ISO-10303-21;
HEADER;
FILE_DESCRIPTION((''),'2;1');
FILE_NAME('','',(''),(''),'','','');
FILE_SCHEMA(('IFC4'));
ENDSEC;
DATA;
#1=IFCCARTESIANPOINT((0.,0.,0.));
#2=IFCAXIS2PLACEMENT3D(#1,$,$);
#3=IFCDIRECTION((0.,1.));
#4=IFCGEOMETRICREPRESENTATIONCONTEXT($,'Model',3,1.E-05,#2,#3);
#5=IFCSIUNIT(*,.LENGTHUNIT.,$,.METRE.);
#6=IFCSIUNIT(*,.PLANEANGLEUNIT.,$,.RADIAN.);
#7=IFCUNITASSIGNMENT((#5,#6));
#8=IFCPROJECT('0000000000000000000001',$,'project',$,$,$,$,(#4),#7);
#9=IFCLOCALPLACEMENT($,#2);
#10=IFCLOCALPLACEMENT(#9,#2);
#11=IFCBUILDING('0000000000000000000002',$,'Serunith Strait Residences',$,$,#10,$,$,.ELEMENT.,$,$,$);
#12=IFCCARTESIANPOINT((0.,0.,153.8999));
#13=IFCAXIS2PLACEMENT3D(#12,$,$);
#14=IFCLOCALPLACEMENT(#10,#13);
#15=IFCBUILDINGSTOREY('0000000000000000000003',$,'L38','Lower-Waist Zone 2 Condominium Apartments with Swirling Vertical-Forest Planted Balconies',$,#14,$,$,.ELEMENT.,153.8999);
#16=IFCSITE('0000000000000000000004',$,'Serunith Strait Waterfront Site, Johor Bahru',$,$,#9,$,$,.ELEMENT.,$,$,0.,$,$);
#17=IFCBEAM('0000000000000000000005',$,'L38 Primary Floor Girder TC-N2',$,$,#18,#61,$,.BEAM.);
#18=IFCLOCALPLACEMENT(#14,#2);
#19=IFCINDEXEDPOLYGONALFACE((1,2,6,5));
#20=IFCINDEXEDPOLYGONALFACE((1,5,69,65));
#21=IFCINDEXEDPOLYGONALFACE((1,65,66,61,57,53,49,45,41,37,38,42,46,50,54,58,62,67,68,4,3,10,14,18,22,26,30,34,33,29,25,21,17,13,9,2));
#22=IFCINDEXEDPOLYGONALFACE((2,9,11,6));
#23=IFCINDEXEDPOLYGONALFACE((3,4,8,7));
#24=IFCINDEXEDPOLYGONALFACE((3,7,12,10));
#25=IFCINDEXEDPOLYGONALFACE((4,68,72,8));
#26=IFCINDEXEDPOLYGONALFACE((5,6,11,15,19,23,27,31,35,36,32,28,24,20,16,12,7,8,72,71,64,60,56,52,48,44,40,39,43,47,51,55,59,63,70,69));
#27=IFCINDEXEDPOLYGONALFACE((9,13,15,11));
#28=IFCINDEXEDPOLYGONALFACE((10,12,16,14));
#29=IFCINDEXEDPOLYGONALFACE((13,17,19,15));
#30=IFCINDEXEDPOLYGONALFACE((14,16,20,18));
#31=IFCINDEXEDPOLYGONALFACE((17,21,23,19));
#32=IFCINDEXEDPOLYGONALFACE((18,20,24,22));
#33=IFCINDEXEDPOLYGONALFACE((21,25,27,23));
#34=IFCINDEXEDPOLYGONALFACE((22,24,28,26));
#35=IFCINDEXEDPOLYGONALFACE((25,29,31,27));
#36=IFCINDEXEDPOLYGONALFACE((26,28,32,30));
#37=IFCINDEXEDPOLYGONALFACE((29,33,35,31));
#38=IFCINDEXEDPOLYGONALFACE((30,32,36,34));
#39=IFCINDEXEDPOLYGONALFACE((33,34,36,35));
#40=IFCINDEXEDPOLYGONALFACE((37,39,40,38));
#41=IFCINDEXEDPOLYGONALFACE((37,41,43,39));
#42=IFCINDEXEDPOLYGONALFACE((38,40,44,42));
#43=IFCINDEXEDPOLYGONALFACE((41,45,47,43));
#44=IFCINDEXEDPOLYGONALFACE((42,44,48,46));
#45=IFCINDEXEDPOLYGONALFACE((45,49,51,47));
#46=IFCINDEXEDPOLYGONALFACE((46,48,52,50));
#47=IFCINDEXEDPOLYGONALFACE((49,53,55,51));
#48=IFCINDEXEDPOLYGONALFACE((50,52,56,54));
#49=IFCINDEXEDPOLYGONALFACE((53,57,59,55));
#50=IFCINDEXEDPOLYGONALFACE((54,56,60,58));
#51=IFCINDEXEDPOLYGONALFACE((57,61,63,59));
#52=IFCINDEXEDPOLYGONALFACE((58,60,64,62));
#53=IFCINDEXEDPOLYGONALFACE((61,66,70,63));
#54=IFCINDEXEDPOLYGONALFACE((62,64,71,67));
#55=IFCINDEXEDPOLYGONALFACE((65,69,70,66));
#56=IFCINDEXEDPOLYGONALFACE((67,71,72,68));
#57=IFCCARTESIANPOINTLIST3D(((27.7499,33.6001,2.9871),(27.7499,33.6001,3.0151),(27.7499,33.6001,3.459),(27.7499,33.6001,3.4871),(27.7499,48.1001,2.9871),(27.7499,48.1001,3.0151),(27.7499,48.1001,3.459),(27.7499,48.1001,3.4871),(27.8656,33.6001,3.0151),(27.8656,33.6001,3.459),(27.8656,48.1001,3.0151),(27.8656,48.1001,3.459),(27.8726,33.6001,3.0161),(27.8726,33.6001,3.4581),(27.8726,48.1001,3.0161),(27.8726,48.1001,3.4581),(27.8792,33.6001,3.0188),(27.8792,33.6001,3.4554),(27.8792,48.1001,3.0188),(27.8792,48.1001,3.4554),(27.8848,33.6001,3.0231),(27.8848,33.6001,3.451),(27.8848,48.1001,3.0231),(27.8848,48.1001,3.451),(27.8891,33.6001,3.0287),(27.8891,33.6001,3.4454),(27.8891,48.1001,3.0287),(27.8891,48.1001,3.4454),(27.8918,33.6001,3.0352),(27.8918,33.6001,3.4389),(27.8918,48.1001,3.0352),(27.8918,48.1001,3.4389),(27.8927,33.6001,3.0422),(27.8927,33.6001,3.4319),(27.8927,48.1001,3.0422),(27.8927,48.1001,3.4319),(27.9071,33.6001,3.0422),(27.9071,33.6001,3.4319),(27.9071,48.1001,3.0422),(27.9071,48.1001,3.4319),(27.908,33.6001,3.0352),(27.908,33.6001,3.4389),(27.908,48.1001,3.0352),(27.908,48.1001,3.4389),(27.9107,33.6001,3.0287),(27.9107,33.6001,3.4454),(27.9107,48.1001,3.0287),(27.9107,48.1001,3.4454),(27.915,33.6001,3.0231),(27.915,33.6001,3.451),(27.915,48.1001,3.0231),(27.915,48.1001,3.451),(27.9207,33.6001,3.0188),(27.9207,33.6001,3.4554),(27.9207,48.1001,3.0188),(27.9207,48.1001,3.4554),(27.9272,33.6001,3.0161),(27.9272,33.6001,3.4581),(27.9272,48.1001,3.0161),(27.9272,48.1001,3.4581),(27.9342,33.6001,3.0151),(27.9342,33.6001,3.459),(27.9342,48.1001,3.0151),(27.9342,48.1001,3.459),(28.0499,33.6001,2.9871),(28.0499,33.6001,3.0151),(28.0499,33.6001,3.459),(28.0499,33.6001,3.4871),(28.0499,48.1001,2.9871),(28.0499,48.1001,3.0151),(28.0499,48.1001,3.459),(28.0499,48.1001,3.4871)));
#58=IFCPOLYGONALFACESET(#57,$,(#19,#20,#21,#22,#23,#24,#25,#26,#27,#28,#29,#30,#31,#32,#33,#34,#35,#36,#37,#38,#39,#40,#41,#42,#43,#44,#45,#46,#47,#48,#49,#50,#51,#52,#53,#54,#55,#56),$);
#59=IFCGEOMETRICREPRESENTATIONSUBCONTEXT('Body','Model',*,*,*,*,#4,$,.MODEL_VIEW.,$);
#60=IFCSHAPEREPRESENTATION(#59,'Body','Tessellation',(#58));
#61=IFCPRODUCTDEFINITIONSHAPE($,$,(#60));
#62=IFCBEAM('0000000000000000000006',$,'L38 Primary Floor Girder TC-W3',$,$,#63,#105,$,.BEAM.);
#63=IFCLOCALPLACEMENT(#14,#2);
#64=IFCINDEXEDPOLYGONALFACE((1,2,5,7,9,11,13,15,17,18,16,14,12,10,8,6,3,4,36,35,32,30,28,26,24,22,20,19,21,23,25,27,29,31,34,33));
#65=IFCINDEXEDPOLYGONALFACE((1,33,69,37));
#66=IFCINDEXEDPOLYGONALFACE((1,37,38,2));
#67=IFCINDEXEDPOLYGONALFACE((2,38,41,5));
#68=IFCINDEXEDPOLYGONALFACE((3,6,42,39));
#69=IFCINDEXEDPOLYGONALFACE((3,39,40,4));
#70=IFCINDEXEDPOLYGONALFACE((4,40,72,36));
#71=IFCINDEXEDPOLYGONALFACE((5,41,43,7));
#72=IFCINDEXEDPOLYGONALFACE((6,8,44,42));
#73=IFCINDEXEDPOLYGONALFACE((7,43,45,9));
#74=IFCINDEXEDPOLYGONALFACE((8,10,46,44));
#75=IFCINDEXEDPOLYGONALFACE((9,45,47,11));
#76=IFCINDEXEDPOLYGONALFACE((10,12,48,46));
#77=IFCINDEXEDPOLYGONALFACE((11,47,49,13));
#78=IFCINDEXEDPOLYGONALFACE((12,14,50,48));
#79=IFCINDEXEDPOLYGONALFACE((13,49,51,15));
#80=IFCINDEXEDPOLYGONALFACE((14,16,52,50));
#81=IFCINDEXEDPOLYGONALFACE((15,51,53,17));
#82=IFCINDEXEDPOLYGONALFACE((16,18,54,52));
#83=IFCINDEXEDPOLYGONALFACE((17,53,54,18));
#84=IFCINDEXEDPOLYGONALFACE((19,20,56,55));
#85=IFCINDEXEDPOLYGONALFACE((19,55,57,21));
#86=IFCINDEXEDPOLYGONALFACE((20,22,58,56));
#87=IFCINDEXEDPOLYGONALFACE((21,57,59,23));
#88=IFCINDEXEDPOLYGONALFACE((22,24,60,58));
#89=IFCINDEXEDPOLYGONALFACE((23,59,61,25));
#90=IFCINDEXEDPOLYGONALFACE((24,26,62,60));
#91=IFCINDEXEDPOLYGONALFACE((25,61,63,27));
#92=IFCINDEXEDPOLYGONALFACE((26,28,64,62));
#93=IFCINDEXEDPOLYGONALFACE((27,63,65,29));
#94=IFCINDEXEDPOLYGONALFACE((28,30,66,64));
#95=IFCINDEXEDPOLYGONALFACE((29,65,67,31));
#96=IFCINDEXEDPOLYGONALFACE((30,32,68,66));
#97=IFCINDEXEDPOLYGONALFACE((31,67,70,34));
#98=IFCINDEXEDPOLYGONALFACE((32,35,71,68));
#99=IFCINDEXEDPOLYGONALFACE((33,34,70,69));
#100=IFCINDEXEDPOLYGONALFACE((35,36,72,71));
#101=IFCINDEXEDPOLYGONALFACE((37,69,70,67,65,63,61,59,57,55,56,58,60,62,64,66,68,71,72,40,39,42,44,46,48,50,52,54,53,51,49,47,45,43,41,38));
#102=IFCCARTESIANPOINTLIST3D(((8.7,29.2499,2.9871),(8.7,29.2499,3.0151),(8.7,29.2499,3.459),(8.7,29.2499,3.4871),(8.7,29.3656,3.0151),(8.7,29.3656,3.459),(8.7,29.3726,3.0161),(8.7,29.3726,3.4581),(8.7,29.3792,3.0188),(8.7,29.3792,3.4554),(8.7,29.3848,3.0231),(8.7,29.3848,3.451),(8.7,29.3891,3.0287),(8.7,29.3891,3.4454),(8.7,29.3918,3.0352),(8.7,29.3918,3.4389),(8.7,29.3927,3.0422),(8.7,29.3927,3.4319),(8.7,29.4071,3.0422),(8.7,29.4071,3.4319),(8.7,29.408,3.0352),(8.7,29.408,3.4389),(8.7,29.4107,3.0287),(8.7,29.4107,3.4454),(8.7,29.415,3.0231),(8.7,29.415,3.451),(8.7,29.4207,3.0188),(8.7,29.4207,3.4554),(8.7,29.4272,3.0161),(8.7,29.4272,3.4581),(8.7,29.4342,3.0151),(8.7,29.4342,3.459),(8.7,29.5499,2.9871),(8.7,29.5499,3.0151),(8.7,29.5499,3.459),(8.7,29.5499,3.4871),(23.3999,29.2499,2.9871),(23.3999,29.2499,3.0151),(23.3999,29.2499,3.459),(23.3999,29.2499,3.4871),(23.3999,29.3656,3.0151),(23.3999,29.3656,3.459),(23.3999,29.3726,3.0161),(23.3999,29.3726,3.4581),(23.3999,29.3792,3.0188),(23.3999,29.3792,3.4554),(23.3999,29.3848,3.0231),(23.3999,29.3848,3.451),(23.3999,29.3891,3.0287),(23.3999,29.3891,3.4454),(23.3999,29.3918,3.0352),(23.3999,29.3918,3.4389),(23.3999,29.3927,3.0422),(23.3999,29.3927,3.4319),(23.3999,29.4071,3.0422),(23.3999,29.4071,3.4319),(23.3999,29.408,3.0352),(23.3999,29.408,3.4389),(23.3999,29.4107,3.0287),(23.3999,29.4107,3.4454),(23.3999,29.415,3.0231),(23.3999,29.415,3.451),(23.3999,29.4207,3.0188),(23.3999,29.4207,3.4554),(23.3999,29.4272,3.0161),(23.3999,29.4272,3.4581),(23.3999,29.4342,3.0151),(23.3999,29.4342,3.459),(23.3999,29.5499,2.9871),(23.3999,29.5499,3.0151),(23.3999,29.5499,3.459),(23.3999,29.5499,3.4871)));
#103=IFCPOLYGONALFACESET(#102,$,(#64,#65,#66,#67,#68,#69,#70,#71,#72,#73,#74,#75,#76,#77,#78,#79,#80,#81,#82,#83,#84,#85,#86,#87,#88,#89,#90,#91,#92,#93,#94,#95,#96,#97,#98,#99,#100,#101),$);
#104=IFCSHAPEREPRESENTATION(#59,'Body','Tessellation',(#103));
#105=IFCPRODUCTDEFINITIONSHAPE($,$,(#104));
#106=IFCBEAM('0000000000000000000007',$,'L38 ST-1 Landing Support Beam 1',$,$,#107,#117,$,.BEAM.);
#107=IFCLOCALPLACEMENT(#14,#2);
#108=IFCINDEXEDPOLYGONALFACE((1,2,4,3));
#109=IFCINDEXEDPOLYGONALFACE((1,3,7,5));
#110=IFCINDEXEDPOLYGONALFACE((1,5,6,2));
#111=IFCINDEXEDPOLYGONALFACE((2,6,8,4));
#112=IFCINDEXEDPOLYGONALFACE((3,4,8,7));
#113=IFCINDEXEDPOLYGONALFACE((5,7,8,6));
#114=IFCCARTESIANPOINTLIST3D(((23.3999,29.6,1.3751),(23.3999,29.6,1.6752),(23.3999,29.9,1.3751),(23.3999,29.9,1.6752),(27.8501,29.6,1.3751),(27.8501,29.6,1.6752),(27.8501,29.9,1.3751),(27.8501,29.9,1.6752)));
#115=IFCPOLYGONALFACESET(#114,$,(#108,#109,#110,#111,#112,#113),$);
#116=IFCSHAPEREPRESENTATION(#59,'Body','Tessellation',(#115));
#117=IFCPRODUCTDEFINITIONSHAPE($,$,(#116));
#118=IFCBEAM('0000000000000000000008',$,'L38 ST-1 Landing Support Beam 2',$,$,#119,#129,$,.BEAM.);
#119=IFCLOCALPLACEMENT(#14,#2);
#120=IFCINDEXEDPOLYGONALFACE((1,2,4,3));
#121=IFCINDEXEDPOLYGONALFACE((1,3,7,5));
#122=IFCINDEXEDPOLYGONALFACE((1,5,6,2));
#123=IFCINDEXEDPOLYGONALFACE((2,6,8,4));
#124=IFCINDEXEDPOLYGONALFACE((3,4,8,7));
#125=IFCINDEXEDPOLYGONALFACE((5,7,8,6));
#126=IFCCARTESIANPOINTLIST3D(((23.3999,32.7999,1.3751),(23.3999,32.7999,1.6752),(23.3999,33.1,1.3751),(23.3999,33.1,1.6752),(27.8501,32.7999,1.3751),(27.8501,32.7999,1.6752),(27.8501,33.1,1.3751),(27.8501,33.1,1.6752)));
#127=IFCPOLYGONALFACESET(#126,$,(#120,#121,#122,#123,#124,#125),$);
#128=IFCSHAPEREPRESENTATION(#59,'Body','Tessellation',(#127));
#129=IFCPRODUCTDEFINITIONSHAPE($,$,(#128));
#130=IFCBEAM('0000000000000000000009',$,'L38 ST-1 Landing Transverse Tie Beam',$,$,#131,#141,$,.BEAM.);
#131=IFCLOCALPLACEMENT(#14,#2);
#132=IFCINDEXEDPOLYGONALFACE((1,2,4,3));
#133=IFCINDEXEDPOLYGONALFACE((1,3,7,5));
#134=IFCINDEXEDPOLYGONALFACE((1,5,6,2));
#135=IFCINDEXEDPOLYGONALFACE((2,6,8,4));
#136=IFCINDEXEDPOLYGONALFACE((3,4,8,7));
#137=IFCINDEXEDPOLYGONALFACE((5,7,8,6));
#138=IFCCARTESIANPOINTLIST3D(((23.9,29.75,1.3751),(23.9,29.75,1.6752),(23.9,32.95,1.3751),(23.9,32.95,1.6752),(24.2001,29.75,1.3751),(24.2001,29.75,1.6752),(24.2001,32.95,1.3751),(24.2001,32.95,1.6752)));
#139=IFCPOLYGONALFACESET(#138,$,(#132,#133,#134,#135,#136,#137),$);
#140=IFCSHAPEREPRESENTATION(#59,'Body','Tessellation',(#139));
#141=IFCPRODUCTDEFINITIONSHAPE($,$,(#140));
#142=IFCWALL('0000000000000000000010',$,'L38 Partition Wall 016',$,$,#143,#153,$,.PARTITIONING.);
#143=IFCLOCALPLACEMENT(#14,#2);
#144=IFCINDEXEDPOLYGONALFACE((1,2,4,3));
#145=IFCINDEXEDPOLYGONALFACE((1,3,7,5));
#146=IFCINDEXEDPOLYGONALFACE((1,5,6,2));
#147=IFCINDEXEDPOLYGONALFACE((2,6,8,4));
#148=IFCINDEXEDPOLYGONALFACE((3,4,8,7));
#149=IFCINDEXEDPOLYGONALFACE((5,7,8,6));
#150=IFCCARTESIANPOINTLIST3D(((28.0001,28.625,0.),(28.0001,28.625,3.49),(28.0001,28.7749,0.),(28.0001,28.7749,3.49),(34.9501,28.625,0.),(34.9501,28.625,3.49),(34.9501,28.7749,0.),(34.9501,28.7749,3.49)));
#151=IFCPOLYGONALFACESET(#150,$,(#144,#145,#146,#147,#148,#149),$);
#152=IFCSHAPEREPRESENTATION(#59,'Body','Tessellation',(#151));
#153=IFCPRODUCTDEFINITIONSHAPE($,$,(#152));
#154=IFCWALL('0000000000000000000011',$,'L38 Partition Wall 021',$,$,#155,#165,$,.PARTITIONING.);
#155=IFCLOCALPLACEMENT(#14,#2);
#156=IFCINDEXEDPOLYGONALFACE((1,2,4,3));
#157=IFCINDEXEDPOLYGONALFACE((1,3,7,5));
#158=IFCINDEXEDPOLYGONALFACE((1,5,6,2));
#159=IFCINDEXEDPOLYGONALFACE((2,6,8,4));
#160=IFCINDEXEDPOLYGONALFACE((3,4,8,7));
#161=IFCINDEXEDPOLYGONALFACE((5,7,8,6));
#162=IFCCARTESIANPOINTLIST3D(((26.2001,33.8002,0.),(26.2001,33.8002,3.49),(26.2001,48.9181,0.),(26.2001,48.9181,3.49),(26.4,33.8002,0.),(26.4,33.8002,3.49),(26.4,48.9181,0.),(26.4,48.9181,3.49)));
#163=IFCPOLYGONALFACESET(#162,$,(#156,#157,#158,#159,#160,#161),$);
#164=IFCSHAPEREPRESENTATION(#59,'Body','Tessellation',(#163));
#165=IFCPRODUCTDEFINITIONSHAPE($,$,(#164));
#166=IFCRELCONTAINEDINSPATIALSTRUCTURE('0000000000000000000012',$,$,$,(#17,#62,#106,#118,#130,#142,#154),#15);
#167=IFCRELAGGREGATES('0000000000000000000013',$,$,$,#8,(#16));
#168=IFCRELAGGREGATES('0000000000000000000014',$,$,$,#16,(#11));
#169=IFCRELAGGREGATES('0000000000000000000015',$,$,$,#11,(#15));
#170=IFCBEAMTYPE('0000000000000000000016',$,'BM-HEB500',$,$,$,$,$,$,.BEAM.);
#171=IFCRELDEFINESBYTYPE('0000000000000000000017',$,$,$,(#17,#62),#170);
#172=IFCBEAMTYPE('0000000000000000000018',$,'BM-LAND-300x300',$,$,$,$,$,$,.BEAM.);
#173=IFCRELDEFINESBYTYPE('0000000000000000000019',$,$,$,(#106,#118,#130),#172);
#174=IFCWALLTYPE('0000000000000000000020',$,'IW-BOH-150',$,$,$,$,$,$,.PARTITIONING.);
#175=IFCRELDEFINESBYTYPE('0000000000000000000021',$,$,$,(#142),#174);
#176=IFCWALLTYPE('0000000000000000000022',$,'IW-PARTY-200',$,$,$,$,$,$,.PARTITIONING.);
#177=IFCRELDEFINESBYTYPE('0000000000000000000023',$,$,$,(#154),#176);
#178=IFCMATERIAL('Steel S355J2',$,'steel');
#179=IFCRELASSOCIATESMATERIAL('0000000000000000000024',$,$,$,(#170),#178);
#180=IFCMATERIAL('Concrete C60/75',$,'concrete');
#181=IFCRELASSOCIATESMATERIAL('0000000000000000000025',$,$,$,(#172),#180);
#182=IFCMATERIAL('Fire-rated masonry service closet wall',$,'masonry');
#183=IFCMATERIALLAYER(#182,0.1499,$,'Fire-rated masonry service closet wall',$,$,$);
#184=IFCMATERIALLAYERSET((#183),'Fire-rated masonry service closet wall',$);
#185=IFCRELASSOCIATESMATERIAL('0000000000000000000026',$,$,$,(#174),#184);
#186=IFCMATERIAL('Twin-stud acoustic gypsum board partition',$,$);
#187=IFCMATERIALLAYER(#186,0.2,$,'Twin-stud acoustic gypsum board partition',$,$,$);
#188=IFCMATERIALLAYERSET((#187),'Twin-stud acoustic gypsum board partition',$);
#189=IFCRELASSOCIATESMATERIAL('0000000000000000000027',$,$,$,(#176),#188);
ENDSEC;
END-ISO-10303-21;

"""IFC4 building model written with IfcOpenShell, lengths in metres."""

from ifc_helpers import new_model, si_unit, direction, frame, frame_2d, origin, origin_2d, place, context, subcontext, project, spatial, rectangle, i_section, extrude, source, transform, mapped, material, layer, layer_set, material_profile, profile_set, type_object, element, save


model = new_model("IFC4")

# Units and contexts
model_context = context("Model", 3, precision=1e-05, world=origin(), true_north=direction((0.0, 1.0)))
body_context = subcontext(model_context, "Body", "Model", "MODEL_VIEW")
ifc_project = project(units=[si_unit("LENGTHUNIT", "METRE"), si_unit("PLANEANGLEUNIT", "RADIAN")], contexts=[model_context])

# Site, building, storey
site_placement = place(None, origin())
site = spatial("IfcSite", under=ifc_project, at=site_placement, Name="Serunith Strait Waterfront Site, Johor Bahru", CompositionType="ELEMENT", RefElevation=0.0)
building_placement = place(site_placement, origin())
building = spatial("IfcBuilding", under=site, at=building_placement, Name="Serunith Strait Residences", CompositionType="ELEMENT")
storey_placement = place(building_placement, frame((0.0, 0.0, 153.8999)))
storey = spatial("IfcBuildingStorey", under=building, at=storey_placement, Name="L38", Description="Lower-Waist Zone 2 Condominium Apartments with Swirling Vertical-Forest Planted Balconies", CompositionType="ELEMENT", Elevation=153.8999)

# Beams
ifc_material_1 = material(Name="Steel S355J2", Category="steel")
ifc_material_profile_1 = material_profile(ifc_material_1, i_section(OverallWidth=0.3, OverallDepth=0.5, WebThickness=0.0144, FlangeThickness=0.0281, FilletRadius=0.0271, at=origin_2d()), Name="HEB 500")
ifc_profile_set_1 = profile_set([ifc_material_profile_1], Name="Steel S355J2")
beam_type_1 = type_object("IfcBeamType", Name="BM-HEB500", PredefinedType="BEAM", material=ifc_profile_set_1)
shared_shape_1 = source(origin(), body_context, "Body", "SweptSolid", [
    extrude(i_section(OverallWidth=0.3, OverallDepth=0.5, WebThickness=0.0144, FlangeThickness=0.0281, FilletRadius=0.0271, at=origin_2d()), origin(), (0.0, 0.0, 1.0), 14.5),
])
beam_1_placement = place(storey_placement, frame((27.8999, 33.6001, 3.2371), z_axis=(0.0, 1.0, 0.0), x_axis=(-1.0, 0.0, 0.0)))
element("IfcBeam", 1, at=beam_1_placement, inside=storey, type_object=beam_type_1, Name="L38 Primary Floor Girder TC-N2", PredefinedType="BEAM", context=body_context, shape_type="MappedRepresentation", body=[
    mapped(shared_shape_1, transform((0.0, 0.0, 0.0), scale=1.0)),
])
shared_shape_2 = source(origin(), body_context, "Body", "SweptSolid", [
    extrude(i_section(OverallWidth=0.3, OverallDepth=0.5, WebThickness=0.0144, FlangeThickness=0.0281, FilletRadius=0.0271, at=origin_2d()), origin(), (0.0, 0.0, 1.0), 14.7),
])
beam_2_placement = place(storey_placement, frame((23.3999, 29.3999, 3.2371), z_axis=(-1.0, 0.0, 0.0), x_axis=(0.0, -1.0, 0.0)))
element("IfcBeam", 2, at=beam_2_placement, inside=storey, type_object=beam_type_1, Name="L38 Primary Floor Girder TC-W3", PredefinedType="BEAM", context=body_context, shape_type="MappedRepresentation", body=[
    mapped(shared_shape_2, transform((0.0, 0.0, 0.0), scale=1.0)),
])
ifc_material_2 = material(Name="Concrete C60/75", Category="concrete")
ifc_material_profile_2 = material_profile(ifc_material_2, rectangle(XDim=0.3, YDim=0.3, at=origin_2d()), Name="RC 300x300")
ifc_profile_set_2 = profile_set([ifc_material_profile_2], Name="Concrete C60/75")
beam_type_2 = type_object("IfcBeamType", Name="BM-LAND-300x300", PredefinedType="BEAM", material=ifc_profile_set_2)
shared_shape_3 = source(origin(), body_context, "Body", "SweptSolid", [
    extrude(rectangle(XDim=0.3, YDim=0.3, at=origin_2d()), origin(), (0.0, 0.0, 1.0), 4.4502),
])
for number, where, z_axis, x_axis, name in (
    (3, (23.3999, 29.75, 1.5251), (1.0, 0.0, 0.0), (0.0, 1.0, 0.0), "L38 ST-1 Landing Support Beam 1"),
    (4, (23.3999, 32.95, 1.5251), (1.0, 0.0, 0.0), (0.0, 1.0, 0.0), "L38 ST-1 Landing Support Beam 2"),
):
    element("IfcBeam", number, at=place(storey_placement, frame(where, z_axis=z_axis, x_axis=x_axis)), inside=storey, type_object=beam_type_2, Name=name, PredefinedType="BEAM", context=body_context, shape_type="MappedRepresentation", body=[
        mapped(shared_shape_3, transform((0.0, 0.0, 0.0), scale=1.0)),
    ])
shared_shape_4 = source(origin(), body_context, "Body", "SweptSolid", [
    extrude(rectangle(XDim=0.3, YDim=0.3, at=origin_2d()), origin(), (0.0, 0.0, 1.0), 3.2),
])
beam_3_placement = place(storey_placement, frame((24.05, 29.75, 1.5251), z_axis=(0.0, 1.0, 0.0), x_axis=(-1.0, 0.0, 0.0)))
element("IfcBeam", 5, at=beam_3_placement, inside=storey, type_object=beam_type_2, Name="L38 ST-1 Landing Transverse Tie Beam", PredefinedType="BEAM", context=body_context, shape_type="MappedRepresentation", body=[
    mapped(shared_shape_4, transform((0.0, 0.0, 0.0), scale=1.0)),
])

# Walls
ifc_material_3 = material(Name="Fire-rated masonry service closet wall", Category="masonry")
ifc_layer_1 = layer(ifc_material_3, 0.1499, Name="Fire-rated masonry service closet wall")
ifc_layer_set_1 = layer_set([ifc_layer_1], Name="Fire-rated masonry service closet wall")
wall_type_1 = type_object("IfcWallType", Name="IW-BOH-150", PredefinedType="PARTITIONING", material=ifc_layer_set_1)
wall_1_placement = place(storey_placement, frame((28.0, 28.7, 0.0), z_axis=(0.0, 0.0, 1.0), x_axis=(1.0, 0.0, 0.0)))
element("IfcWall", 6, at=wall_1_placement, inside=storey, type_object=wall_type_1, Name="L38 Partition Wall 016", PredefinedType="PARTITIONING", context=body_context, shape_type="SweptSolid", body=[
    extrude(rectangle(XDim=6.95, YDim=0.1499, at=frame_2d((3.4751, 0.0))), origin(), (0.0, 0.0, 1.0), 3.49),
])
ifc_material_4 = material(Name="Twin-stud acoustic gypsum board partition")
ifc_layer_2 = layer(ifc_material_4, 0.2, Name="Twin-stud acoustic gypsum board partition")
ifc_layer_set_2 = layer_set([ifc_layer_2], Name="Twin-stud acoustic gypsum board partition")
wall_type_2 = type_object("IfcWallType", Name="IW-PARTY-200", PredefinedType="PARTITIONING", material=ifc_layer_set_2)
wall_2_placement = place(storey_placement, frame((26.3, 33.8, 0.0), z_axis=(0.0, 0.0, 1.0), x_axis=(0.0, 1.0, 0.0)))
element("IfcWall", 7, at=wall_2_placement, inside=storey, type_object=wall_type_2, Name="L38 Partition Wall 021", PredefinedType="PARTITIONING", context=body_context, shape_type="SweptSolid", body=[
    extrude(rectangle(XDim=15.1179, YDim=0.2, at=frame_2d((7.5591, 0.0))), origin(), (0.0, 0.0, 1.0), 3.49),
])

save(model, "model.ifc")
